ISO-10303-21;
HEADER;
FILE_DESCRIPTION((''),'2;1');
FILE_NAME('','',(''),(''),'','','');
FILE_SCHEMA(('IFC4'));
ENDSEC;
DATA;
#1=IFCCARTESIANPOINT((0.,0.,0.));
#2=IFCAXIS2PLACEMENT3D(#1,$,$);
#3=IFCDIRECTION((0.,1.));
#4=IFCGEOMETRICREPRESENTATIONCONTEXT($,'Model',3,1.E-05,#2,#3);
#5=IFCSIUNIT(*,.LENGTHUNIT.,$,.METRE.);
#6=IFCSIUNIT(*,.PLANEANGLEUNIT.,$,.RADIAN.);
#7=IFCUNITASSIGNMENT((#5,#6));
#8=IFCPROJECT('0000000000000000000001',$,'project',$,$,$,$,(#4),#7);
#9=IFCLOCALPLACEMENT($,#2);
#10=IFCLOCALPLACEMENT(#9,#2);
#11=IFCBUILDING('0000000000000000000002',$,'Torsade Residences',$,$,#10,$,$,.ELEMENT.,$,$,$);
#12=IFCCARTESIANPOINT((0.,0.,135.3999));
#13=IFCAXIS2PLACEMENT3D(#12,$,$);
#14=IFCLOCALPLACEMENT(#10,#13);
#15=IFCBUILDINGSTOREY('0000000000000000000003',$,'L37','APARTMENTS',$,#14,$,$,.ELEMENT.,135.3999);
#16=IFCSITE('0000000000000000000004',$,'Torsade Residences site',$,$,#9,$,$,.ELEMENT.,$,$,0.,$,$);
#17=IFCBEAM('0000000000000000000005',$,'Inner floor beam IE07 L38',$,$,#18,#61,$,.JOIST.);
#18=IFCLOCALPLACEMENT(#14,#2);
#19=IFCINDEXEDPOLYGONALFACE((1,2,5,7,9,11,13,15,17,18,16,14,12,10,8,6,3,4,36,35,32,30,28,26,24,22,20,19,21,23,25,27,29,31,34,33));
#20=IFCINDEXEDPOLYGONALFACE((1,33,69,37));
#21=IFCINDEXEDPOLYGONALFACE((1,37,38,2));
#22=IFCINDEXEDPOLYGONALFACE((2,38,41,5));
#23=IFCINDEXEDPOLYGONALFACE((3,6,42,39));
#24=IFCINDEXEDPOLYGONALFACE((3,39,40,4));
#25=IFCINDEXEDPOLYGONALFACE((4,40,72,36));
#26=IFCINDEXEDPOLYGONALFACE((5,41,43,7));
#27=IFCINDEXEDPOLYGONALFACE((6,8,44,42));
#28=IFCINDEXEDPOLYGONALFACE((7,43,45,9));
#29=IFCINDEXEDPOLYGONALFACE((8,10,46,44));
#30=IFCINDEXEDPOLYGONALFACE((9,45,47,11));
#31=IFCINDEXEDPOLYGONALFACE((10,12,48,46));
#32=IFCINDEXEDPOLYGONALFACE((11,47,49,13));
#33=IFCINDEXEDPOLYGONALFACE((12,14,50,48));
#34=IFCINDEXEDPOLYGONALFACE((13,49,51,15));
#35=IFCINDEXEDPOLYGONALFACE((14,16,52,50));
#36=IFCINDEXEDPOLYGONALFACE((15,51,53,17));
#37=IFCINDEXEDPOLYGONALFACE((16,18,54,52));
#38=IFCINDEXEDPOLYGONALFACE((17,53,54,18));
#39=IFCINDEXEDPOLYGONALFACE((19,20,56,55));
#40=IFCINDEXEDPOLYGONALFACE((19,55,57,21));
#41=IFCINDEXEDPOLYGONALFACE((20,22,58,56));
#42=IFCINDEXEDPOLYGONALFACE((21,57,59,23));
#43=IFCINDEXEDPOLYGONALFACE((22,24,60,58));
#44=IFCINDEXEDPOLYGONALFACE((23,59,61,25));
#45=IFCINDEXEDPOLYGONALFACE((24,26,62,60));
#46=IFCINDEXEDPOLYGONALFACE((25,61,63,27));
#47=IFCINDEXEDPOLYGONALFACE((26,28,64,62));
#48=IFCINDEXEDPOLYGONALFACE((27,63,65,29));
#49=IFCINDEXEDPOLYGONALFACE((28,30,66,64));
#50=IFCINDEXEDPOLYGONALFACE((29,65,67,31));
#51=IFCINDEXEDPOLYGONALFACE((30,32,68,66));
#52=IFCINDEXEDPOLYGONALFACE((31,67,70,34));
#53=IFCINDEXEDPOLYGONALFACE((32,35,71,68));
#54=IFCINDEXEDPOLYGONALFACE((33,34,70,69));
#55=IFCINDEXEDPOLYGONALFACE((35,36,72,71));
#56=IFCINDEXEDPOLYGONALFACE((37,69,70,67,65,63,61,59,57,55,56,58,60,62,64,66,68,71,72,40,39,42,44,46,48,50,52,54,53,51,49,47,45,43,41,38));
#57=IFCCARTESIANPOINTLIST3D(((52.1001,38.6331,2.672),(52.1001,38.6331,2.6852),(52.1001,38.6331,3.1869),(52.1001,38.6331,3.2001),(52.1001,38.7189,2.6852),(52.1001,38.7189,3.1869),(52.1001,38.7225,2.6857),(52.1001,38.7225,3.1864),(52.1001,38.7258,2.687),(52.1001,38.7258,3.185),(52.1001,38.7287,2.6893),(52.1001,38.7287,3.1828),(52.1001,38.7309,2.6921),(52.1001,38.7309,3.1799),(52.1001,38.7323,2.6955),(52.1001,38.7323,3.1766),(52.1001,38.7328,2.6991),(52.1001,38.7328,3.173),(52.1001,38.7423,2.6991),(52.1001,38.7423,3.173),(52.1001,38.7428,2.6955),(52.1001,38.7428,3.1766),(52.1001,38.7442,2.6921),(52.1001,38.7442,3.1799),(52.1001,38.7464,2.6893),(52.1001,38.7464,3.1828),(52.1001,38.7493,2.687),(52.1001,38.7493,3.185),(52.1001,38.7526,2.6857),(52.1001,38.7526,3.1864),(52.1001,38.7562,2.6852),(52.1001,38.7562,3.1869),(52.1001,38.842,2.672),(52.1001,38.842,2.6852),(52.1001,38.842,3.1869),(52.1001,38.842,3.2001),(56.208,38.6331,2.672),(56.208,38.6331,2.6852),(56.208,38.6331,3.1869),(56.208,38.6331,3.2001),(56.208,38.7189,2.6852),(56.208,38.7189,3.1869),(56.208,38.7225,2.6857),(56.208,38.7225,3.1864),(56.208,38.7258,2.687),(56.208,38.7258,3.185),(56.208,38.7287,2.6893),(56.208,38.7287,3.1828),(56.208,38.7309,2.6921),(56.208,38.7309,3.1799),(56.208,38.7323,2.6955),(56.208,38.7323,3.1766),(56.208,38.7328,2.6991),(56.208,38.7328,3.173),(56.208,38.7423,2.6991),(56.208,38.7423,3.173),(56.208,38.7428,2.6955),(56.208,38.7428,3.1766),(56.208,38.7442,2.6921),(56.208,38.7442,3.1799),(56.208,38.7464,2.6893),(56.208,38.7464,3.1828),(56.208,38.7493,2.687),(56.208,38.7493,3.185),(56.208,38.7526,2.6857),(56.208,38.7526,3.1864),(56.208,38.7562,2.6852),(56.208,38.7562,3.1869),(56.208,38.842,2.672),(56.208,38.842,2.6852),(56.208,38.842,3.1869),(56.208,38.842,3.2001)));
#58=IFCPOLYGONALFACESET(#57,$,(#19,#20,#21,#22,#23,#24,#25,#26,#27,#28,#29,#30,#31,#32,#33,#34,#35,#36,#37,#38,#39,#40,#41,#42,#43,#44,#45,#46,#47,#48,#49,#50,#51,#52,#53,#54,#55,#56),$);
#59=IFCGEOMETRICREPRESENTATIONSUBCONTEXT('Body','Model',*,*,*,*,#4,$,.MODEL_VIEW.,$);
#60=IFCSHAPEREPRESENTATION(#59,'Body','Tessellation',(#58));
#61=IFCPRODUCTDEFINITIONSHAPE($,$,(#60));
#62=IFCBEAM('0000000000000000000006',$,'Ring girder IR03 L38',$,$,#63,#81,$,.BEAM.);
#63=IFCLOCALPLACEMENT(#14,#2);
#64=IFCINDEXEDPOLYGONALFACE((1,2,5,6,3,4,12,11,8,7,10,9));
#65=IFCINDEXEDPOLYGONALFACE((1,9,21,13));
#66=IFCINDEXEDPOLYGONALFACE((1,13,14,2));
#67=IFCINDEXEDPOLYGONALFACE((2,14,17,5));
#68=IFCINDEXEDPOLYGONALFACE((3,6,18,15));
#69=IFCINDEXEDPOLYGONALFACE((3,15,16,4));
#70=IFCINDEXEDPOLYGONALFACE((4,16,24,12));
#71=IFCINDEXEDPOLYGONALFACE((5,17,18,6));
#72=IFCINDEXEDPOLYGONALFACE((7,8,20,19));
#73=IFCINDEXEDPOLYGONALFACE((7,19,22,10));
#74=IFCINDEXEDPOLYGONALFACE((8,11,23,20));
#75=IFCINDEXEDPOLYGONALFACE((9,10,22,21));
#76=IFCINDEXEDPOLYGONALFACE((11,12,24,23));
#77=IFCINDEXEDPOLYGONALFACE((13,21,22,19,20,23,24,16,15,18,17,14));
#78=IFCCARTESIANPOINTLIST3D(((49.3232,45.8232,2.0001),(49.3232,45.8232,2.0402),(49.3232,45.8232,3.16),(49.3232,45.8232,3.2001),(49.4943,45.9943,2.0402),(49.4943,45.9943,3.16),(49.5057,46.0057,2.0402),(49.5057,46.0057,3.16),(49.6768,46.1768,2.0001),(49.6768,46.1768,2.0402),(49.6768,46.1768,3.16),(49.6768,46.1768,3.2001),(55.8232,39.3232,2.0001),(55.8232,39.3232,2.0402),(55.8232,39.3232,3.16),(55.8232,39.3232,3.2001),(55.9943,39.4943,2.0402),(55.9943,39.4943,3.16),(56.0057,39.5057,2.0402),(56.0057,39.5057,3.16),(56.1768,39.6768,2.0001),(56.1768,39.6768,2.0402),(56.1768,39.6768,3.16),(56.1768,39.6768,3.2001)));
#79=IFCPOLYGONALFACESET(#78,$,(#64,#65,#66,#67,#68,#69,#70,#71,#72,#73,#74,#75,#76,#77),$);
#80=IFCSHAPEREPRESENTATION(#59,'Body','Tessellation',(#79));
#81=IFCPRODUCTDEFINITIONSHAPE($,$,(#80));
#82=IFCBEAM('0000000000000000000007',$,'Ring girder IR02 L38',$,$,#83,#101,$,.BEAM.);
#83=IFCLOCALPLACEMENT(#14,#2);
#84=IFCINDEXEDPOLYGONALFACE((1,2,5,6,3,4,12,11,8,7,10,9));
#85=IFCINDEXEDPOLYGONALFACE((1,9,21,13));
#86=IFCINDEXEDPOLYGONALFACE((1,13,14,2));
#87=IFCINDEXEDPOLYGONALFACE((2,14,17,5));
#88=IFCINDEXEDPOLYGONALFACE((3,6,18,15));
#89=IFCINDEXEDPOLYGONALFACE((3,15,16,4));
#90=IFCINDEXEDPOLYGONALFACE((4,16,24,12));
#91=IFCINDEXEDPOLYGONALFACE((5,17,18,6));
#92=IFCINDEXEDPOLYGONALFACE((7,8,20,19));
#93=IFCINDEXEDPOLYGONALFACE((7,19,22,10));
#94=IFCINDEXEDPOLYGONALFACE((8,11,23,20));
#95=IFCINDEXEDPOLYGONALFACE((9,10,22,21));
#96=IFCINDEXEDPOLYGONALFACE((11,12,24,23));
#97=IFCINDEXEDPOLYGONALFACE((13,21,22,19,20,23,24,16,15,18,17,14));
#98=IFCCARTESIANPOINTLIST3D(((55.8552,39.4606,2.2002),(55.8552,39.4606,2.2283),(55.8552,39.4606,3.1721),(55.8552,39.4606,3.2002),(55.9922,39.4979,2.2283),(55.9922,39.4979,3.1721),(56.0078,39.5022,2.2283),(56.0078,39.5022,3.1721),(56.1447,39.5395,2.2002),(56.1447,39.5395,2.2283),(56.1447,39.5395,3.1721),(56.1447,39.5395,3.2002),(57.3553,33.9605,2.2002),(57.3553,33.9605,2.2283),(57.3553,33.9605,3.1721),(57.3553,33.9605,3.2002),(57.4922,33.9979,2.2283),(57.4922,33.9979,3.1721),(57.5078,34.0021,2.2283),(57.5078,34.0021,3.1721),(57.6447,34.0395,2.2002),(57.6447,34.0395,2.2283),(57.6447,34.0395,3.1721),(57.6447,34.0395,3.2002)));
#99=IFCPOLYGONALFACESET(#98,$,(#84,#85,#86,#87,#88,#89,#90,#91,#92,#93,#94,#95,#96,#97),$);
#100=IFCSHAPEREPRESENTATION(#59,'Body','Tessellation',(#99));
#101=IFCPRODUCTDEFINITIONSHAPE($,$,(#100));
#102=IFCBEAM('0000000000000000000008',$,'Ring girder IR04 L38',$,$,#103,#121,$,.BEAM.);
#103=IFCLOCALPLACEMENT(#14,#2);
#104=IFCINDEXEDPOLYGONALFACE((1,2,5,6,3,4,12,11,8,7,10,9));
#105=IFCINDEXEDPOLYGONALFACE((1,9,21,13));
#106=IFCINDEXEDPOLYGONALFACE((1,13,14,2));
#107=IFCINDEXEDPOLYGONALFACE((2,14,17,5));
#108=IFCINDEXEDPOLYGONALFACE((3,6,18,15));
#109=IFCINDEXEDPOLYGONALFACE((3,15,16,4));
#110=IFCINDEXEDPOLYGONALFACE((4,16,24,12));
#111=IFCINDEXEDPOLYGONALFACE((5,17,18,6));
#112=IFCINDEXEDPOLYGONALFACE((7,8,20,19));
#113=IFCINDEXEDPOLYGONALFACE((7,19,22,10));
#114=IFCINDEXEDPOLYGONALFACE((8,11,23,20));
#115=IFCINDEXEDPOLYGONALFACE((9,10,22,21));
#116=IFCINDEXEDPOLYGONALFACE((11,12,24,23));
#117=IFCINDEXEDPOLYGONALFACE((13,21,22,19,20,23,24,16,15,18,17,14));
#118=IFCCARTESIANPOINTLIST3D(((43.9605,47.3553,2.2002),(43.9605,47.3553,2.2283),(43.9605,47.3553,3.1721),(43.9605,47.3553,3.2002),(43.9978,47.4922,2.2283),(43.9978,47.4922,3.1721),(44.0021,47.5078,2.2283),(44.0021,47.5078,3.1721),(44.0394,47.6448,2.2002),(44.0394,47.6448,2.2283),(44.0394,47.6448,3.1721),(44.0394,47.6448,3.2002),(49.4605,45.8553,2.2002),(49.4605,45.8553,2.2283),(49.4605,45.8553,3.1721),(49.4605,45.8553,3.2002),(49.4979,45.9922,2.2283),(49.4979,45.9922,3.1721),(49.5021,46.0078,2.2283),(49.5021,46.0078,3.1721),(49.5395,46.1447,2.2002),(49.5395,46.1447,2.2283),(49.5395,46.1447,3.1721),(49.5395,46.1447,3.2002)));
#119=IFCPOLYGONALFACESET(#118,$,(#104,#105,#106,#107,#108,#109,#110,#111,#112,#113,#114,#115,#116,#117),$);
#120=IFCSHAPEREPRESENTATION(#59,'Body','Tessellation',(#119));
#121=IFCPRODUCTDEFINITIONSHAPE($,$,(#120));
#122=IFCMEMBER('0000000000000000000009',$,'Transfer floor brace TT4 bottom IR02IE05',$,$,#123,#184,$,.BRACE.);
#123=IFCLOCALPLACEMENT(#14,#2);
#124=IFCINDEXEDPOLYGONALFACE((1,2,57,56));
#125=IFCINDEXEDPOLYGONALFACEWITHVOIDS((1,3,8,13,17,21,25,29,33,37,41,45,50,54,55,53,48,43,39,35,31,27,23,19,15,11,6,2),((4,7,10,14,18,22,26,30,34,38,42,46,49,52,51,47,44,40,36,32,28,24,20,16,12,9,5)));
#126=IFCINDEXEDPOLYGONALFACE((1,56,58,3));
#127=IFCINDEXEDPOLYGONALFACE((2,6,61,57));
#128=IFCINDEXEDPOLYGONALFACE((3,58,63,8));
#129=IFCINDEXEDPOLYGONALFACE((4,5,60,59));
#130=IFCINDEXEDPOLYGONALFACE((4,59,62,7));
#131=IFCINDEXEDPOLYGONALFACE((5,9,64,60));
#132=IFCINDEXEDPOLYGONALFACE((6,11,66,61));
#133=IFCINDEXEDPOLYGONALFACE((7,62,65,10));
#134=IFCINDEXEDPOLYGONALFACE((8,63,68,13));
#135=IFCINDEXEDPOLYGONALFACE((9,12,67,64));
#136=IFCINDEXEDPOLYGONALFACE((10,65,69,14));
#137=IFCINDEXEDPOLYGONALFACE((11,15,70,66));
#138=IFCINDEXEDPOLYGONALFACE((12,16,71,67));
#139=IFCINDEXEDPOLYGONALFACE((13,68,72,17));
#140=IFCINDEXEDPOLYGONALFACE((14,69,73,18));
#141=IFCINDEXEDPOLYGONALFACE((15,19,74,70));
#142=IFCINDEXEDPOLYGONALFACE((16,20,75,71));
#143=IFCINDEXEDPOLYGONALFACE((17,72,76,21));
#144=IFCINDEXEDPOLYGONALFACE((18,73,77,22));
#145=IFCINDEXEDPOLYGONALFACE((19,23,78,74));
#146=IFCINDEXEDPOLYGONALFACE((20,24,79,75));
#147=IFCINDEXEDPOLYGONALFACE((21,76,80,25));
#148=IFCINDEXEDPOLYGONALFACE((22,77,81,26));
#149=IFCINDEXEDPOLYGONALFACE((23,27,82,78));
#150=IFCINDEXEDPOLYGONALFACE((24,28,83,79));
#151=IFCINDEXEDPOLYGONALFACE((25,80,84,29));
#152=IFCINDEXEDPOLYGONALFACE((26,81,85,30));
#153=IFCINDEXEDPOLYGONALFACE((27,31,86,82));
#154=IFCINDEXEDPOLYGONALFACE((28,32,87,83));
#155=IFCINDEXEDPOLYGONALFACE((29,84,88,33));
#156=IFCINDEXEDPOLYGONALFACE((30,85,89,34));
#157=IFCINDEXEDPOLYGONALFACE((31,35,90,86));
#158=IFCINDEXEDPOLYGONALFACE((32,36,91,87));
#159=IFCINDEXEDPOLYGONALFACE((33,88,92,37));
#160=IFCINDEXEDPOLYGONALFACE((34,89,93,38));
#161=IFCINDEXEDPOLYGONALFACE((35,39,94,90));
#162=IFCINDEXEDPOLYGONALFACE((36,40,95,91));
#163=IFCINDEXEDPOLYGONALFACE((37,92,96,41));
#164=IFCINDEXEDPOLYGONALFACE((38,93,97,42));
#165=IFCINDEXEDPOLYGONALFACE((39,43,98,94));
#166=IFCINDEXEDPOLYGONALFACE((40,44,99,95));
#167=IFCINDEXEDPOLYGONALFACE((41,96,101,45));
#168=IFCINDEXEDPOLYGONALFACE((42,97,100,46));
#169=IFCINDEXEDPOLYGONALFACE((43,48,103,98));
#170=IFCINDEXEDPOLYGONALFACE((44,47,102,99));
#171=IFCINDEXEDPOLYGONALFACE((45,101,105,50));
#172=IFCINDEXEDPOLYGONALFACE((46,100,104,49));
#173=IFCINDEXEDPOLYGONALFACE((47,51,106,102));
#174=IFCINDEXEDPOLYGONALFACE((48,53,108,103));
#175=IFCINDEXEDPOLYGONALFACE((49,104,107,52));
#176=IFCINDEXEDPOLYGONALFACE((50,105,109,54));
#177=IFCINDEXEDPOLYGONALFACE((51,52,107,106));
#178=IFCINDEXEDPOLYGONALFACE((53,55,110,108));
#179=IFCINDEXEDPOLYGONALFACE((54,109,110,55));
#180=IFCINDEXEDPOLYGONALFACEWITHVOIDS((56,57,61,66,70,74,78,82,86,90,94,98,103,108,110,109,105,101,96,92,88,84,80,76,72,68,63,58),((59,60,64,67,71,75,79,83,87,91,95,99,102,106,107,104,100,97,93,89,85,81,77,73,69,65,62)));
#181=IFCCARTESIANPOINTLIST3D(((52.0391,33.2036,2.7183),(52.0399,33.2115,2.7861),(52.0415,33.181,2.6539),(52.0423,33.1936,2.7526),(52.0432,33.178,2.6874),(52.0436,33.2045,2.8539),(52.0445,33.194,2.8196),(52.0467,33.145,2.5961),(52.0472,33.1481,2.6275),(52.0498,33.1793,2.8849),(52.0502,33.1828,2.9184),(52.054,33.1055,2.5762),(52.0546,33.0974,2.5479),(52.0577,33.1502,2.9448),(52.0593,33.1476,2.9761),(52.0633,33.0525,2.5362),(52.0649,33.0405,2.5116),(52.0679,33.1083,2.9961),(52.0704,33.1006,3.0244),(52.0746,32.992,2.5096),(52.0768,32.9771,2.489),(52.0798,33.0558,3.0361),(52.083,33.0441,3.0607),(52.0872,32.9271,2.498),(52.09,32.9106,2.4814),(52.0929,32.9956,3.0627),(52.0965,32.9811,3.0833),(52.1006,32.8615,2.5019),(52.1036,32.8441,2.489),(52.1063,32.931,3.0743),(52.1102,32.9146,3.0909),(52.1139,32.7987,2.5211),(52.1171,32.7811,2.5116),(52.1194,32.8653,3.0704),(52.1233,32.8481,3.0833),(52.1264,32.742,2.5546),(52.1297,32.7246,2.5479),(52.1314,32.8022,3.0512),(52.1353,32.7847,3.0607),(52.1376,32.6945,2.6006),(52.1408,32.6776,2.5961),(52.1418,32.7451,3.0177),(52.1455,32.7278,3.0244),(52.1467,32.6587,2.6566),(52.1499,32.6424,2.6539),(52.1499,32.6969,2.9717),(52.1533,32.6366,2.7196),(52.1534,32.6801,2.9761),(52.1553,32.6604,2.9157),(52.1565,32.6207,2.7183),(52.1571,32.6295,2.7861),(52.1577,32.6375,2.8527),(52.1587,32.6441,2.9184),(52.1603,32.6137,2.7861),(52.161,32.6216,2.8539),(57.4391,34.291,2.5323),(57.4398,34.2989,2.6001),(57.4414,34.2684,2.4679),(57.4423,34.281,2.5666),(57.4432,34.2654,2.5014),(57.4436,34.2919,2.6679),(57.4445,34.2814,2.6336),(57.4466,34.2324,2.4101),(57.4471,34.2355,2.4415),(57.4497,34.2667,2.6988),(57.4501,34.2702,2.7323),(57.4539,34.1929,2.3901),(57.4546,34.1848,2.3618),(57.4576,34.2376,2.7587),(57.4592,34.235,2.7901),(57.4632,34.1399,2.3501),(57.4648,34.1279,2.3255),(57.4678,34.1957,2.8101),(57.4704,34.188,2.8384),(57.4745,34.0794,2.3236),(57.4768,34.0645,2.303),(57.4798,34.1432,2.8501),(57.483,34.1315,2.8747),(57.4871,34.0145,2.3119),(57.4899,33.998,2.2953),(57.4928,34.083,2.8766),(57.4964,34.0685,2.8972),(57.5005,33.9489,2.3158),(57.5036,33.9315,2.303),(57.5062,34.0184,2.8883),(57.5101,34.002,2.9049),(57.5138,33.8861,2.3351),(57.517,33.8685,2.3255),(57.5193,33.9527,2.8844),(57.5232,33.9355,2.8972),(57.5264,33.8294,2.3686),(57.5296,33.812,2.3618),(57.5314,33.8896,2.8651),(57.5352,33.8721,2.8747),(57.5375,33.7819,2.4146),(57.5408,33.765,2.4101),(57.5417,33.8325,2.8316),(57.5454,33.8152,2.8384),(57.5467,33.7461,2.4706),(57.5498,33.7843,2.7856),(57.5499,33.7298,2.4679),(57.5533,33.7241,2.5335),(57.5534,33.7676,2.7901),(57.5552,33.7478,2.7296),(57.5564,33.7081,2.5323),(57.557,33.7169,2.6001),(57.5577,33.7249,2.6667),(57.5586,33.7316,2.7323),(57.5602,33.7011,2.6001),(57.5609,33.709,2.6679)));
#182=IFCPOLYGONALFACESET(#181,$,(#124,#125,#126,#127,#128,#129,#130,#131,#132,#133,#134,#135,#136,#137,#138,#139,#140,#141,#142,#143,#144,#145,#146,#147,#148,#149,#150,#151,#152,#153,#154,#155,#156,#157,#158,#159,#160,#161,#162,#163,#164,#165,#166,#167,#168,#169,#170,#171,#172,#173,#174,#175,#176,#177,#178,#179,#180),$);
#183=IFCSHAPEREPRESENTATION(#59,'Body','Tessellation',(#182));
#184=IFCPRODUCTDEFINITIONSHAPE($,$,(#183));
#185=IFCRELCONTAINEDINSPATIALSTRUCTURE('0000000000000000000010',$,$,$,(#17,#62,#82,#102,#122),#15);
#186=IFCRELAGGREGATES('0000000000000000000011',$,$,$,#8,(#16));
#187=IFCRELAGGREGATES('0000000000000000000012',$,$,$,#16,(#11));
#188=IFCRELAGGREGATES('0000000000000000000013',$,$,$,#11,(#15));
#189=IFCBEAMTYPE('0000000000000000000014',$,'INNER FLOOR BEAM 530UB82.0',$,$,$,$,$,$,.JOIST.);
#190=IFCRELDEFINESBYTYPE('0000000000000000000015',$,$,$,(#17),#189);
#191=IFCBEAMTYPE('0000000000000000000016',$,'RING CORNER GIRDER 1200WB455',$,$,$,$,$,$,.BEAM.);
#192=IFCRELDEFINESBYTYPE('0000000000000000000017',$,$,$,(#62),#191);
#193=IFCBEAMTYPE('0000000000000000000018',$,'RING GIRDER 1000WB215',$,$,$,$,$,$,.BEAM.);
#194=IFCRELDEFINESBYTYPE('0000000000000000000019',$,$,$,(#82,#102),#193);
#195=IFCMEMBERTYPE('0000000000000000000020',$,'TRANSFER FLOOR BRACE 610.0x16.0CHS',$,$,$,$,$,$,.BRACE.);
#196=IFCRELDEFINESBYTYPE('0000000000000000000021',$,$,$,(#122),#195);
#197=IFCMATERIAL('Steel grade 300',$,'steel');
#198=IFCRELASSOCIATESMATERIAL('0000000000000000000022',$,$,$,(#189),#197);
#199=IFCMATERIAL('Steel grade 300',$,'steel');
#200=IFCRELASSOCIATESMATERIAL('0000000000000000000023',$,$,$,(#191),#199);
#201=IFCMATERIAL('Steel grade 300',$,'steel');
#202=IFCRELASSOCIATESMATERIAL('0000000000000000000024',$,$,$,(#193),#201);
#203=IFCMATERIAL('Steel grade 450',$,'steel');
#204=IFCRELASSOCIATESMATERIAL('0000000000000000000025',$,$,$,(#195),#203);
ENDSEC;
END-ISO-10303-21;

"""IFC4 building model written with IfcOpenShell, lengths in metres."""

from ifc_helpers import new_model, si_unit, direction, frame, origin, origin_2d, place, context, subcontext, project, spatial, hollow_circle, i_section, extrude, material, material_profile, profile_set, type_object, element, save


model = new_model("IFC4")

# Units and contexts
model_context = context("Model", 3, precision=1e-05, world=origin(), true_north=direction((0.0, 1.0)))
body_context = subcontext(model_context, "Body", "Model", "MODEL_VIEW")
ifc_project = project(units=[si_unit("LENGTHUNIT", "METRE"), si_unit("PLANEANGLEUNIT", "RADIAN")], contexts=[model_context])

# Site, building, storey
site_placement = place(None, origin())
site = spatial("IfcSite", under=ifc_project, at=site_placement, Name="Torsade Residences site", CompositionType="ELEMENT", RefElevation=0.0)
building_placement = place(site_placement, origin())
building = spatial("IfcBuilding", under=site, at=building_placement, Name="Torsade Residences", CompositionType="ELEMENT")
storey_placement = place(building_placement, frame((0.0, 0.0, 135.3999)))
storey = spatial("IfcBuildingStorey", under=building, at=storey_placement, Name="L37", Description="APARTMENTS", CompositionType="ELEMENT", Elevation=135.3999)

# Beams
ifc_material_1 = material(Name="Steel grade 300", Category="steel")
ifc_material_profile_1 = material_profile(ifc_material_1, i_section(OverallWidth=0.209, OverallDepth=0.5281, WebThickness=0.0095, FlangeThickness=0.0132, FilletRadius=0.0139, at=origin_2d()), Name="530UB82.0")
ifc_profile_set_1 = profile_set([ifc_material_profile_1], Name="Steel grade 300")
beam_type_1 = type_object("IfcBeamType", Name="INNER FLOOR BEAM 530UB82.0", PredefinedType="JOIST", material=ifc_profile_set_1)
beam_1_placement = place(storey_placement, frame((52.1001, 38.7375, 2.936), z_axis=(1.0, 0.0, 0.0), x_axis=(0.0, 1.0, 0.0)))
element("IfcBeam", 1, at=beam_1_placement, inside=storey, type_object=beam_type_1, Name="Inner floor beam IE07 L38", PredefinedType="JOIST", context=body_context, shape_type="SweptSolid", body=[
    extrude(i_section(OverallWidth=0.209, OverallDepth=0.5281, WebThickness=0.0095, FlangeThickness=0.0132, FilletRadius=0.0139, at=origin_2d()), origin(), (0.0, 0.0, 1.0), 4.1079),
])
ifc_material_2 = material(Name="Steel grade 300", Category="steel")
ifc_material_profile_2 = material_profile(ifc_material_2, i_section(OverallWidth=0.5, OverallDepth=1.2, WebThickness=0.0161, FlangeThickness=0.04, at=origin_2d()), Name="1200WB455")
ifc_profile_set_2 = profile_set([ifc_material_profile_2], Name="Steel grade 300")
beam_type_2 = type_object("IfcBeamType", Name="RING CORNER GIRDER 1200WB455", PredefinedType="BEAM", material=ifc_profile_set_2)
beam_2_placement = place(storey_placement, frame((56.0, 39.5, 2.6001), z_axis=(-0.707107, 0.707107, 0.0), x_axis=(-0.707107, -0.707107, 0.0)))
element("IfcBeam", 2, at=beam_2_placement, inside=storey, type_object=beam_type_2, Name="Ring girder IR03 L38", PredefinedType="BEAM", context=body_context, shape_type="SweptSolid", body=[
    extrude(i_section(OverallWidth=0.5, OverallDepth=1.2, WebThickness=0.0161, FlangeThickness=0.04, at=origin_2d()), origin(), (0.0, 0.0, 1.0), 9.1924),
])
ifc_material_3 = material(Name="Steel grade 300", Category="steel")
ifc_material_profile_3 = material_profile(ifc_material_3, i_section(OverallWidth=0.3, OverallDepth=1.0, WebThickness=0.0161, FlangeThickness=0.0281, at=origin_2d()), Name="1000WB215")
ifc_profile_set_3 = profile_set([ifc_material_profile_3], Name="Steel grade 300")
beam_type_3 = type_object("IfcBeamType", Name="RING GIRDER 1000WB215", PredefinedType="BEAM", material=ifc_profile_set_3)
for number, where, z_axis, x_axis, name in (
    (3, (57.5, 34.0, 2.7002), (-0.263117, 0.964764, 0.0), (-0.964764, -0.263117, 0.0), "Ring girder IR02 L38"),
    (4, (49.5, 46.0, 2.7002), (-0.964764, 0.263117, 0.0), (-0.263117, -0.964764, 0.0), "Ring girder IR04 L38"),
):
    element("IfcBeam", number, at=place(storey_placement, frame(where, z_axis=z_axis, x_axis=x_axis)), inside=storey, type_object=beam_type_3, Name=name, PredefinedType="BEAM", context=body_context, shape_type="SweptSolid", body=[
        extrude(i_section(OverallWidth=0.3, OverallDepth=1.0, WebThickness=0.0161, FlangeThickness=0.0281, at=origin_2d()), origin(), (0.0, 0.0, 1.0), 5.7009),
    ])

# Member
ifc_material_4 = material(Name="Steel grade 450", Category="steel")
ifc_material_profile_4 = material_profile(ifc_material_4, hollow_circle(Radius=0.3049, WallThickness=0.0161, at=origin_2d()), Name="610.0x16.0CHS")
ifc_profile_set_4 = profile_set([ifc_material_profile_4], Name="Steel grade 450")
member_type = type_object("IfcMemberType", Name="TRANSFER FLOOR BRACE 610.0x16.0CHS", PredefinedType="BRACE", material=ifc_profile_set_4)
member_1_placement = place(storey_placement, frame((57.5, 34.0, 2.6001), z_axis=(-0.979762, -0.197299, 0.033754), x_axis=(0.197412, -0.980321, 0.0)))
element("IfcMember", 5, at=member_1_placement, inside=storey, type_object=member_type, Name="Transfer floor brace TT4 bottom IR02IE05", PredefinedType="BRACE", context=body_context, shape_type="SweptSolid", body=[
    extrude(hollow_circle(Radius=0.3049, WallThickness=0.0161, at=origin_2d()), origin(), (0.0, 0.0, 1.0), 5.5115),
])

save(model, "model.ifc")
